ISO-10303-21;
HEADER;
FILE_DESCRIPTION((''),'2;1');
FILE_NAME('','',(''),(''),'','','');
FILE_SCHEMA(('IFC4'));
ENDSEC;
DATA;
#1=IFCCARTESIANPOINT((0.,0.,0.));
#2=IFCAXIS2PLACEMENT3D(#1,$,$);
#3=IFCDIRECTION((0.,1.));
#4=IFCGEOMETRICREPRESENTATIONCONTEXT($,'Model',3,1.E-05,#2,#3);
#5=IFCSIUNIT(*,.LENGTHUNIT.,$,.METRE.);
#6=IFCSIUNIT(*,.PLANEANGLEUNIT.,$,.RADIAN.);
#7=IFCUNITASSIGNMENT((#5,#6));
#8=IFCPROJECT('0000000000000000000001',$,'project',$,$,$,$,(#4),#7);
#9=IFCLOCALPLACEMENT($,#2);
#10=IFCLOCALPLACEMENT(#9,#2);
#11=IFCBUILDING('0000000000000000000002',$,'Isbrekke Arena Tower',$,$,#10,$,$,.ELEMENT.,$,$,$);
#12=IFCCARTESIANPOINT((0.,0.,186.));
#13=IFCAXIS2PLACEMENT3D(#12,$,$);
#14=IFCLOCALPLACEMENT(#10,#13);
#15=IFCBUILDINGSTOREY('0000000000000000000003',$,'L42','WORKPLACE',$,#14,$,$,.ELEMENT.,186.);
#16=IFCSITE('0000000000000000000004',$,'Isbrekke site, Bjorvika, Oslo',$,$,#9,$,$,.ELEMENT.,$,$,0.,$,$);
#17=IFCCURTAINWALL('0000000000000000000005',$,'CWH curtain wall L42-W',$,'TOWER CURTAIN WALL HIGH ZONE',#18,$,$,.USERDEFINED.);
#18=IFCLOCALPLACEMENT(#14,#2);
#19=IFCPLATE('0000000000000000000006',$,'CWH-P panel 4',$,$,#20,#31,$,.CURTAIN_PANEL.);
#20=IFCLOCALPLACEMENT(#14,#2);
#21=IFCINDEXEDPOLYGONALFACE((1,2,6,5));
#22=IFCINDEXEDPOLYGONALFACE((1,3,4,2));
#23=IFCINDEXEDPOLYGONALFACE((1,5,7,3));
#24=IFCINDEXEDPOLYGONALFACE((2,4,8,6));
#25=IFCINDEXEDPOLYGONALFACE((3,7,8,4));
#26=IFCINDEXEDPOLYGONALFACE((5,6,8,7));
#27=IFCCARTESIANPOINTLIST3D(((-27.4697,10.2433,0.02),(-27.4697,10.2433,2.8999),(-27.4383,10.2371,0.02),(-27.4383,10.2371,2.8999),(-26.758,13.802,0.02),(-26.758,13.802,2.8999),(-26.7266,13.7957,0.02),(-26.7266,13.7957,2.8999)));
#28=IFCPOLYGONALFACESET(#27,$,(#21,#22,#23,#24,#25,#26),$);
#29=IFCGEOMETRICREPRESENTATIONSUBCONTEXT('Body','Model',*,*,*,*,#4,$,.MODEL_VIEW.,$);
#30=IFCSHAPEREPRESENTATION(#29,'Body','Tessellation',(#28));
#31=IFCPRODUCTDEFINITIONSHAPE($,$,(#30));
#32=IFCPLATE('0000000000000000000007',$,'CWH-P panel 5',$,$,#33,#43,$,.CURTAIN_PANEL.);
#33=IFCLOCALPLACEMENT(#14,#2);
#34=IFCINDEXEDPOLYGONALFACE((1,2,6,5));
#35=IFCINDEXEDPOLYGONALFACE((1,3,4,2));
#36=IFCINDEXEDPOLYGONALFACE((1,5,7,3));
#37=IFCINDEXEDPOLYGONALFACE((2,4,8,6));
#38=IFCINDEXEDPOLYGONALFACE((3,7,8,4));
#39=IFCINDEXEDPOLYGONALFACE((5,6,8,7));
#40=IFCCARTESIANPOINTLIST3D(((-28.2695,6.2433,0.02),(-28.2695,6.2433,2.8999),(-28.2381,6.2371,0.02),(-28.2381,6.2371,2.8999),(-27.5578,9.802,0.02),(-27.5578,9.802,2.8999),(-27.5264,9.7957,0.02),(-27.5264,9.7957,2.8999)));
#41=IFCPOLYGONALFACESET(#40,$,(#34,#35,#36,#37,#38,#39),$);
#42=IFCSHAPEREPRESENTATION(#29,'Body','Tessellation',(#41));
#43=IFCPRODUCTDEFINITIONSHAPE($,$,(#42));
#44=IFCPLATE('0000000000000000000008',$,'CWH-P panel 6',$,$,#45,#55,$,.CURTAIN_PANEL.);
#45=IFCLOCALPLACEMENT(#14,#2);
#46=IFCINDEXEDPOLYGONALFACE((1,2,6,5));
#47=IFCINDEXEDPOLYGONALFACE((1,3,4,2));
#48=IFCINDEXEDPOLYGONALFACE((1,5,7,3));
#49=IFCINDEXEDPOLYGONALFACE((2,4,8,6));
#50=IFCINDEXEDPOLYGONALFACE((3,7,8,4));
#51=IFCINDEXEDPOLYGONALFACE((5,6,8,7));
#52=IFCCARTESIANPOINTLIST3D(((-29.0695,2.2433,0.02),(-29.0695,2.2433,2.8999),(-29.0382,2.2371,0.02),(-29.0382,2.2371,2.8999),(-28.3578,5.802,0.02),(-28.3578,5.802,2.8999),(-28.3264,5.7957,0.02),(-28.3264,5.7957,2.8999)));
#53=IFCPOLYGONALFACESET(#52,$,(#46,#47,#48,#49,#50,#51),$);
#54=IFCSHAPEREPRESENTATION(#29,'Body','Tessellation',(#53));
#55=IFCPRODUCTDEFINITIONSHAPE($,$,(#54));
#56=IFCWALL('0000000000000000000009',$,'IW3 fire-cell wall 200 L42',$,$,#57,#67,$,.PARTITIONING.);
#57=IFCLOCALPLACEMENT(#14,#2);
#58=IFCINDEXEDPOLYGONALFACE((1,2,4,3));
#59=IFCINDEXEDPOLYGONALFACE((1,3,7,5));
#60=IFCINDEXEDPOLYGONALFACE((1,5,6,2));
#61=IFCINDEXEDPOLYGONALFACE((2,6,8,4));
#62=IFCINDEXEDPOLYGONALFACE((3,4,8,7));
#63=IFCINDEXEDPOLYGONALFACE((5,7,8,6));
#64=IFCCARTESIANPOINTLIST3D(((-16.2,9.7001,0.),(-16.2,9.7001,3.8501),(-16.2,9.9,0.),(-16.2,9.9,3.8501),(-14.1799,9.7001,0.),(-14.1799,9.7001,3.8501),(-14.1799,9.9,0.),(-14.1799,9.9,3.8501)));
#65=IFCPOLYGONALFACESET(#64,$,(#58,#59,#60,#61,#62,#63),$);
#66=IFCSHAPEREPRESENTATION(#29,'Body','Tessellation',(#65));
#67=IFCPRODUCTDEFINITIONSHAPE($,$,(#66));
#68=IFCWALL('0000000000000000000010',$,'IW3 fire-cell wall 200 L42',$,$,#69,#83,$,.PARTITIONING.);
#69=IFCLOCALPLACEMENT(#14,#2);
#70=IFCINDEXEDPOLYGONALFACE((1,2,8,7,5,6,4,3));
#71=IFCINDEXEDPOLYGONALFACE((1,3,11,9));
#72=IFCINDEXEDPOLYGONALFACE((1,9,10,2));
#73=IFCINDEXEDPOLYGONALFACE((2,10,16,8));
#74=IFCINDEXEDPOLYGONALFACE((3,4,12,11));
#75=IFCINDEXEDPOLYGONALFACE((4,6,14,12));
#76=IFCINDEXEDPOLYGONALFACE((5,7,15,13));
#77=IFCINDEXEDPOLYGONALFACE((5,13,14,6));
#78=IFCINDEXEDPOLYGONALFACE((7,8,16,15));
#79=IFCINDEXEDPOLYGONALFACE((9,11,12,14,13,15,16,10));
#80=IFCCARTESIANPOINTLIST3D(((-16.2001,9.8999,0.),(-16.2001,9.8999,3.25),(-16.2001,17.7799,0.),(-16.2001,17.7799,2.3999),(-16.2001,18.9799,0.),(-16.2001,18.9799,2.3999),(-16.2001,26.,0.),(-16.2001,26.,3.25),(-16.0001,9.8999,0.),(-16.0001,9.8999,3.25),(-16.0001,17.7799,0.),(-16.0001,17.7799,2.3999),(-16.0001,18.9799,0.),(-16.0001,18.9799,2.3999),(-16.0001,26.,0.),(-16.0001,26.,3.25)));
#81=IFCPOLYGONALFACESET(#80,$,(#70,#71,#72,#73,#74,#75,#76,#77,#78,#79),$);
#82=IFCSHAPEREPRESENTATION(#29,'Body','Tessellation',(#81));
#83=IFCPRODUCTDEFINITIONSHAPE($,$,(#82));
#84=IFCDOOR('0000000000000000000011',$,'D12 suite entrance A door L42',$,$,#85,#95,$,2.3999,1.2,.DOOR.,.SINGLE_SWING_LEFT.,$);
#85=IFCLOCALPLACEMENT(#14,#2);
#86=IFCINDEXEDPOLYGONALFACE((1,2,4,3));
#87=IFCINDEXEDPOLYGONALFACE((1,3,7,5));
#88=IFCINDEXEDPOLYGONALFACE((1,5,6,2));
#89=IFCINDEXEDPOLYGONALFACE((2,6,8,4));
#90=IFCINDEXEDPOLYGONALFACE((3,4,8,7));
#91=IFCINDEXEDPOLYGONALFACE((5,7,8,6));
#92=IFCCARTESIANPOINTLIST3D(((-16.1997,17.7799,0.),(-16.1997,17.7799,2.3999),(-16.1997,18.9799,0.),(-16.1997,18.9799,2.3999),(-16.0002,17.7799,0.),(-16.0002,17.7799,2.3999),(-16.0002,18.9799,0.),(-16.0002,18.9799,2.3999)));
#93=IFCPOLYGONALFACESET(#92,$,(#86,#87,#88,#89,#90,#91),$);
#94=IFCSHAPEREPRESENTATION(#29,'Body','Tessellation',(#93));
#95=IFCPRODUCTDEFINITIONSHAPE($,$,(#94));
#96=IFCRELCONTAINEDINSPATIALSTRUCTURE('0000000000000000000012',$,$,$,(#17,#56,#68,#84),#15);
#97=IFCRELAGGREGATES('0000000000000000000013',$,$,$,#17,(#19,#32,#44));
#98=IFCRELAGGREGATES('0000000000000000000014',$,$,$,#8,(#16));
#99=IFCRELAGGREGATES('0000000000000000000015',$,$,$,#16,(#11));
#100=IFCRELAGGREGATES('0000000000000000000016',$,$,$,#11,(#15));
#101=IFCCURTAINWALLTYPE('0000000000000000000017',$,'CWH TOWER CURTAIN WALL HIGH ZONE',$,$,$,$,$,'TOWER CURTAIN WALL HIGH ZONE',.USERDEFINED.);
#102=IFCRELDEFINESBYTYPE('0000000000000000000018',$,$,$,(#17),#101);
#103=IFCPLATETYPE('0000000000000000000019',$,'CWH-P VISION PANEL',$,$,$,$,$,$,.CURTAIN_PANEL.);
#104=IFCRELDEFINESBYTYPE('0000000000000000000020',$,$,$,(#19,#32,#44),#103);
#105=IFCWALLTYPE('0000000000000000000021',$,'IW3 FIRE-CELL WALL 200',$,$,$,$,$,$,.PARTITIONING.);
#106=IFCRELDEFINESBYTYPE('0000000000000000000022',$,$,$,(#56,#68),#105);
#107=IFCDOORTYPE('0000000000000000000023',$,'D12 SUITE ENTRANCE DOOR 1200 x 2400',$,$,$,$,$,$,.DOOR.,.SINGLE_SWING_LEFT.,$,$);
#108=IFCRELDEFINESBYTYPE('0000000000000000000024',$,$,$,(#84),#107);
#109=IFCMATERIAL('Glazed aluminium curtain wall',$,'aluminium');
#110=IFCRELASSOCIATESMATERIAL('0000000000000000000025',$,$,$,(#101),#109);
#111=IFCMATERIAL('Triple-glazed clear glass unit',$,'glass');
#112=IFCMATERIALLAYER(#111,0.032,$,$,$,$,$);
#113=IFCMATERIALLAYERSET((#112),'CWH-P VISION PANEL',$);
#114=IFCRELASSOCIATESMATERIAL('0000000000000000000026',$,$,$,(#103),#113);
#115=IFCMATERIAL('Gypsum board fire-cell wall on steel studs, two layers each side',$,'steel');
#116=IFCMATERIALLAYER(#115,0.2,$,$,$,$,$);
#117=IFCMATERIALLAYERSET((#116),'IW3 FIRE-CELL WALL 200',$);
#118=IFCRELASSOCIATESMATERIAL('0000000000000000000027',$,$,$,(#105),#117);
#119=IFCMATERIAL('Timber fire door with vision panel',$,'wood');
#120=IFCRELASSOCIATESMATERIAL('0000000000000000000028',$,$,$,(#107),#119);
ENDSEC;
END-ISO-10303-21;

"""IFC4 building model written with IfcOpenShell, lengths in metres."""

from ifc_helpers import new_model, si_unit, direction, frame, frame_2d, origin, origin_2d, place, context, subcontext, project, spatial, rectangle, extrude, material, layer, layer_set, type_object, element, fill, aggregate, save


model = new_model("IFC4")

# Units and contexts
model_context = context("Model", 3, precision=1e-05, world=origin(), true_north=direction((0.0, 1.0)))
body_context = subcontext(model_context, "Body", "Model", "MODEL_VIEW")
ifc_project = project(units=[si_unit("LENGTHUNIT", "METRE"), si_unit("PLANEANGLEUNIT", "RADIAN")], contexts=[model_context])

# Site, building, storey
site_placement = place(None, origin())
site = spatial("IfcSite", under=ifc_project, at=site_placement, Name="Isbrekke site, Bjorvika, Oslo", CompositionType="ELEMENT", RefElevation=0.0)
building_placement = place(site_placement, origin())
building = spatial("IfcBuilding", under=site, at=building_placement, Name="Isbrekke Arena Tower", CompositionType="ELEMENT")
storey_placement = place(building_placement, frame((0.0, 0.0, 186.0)))
storey = spatial("IfcBuildingStorey", under=building, at=storey_placement, Name="L42", Description="WORKPLACE", CompositionType="ELEMENT", Elevation=186.0)

# Curtain wall
ifc_material_1 = material(Name="Glazed aluminium curtain wall", Category="aluminium")
curtain_wall_type = type_object("IfcCurtainWallType", Name="CWH TOWER CURTAIN WALL HIGH ZONE", ElementType="TOWER CURTAIN WALL HIGH ZONE", PredefinedType="USERDEFINED", material=ifc_material_1)
curtain_wall_placement = place(storey_placement, origin())
curtain_wall = element("IfcCurtainWall", 1, at=curtain_wall_placement, inside=storey, type_object=curtain_wall_type, Name="CWH curtain wall L42-W", ObjectType="TOWER CURTAIN WALL HIGH ZONE", PredefinedType="USERDEFINED")

# Plates
ifc_material_2 = material(Name="Triple-glazed clear glass unit", Category="glass")
ifc_layer_1 = layer(ifc_material_2, 0.032)
ifc_layer_set_1 = layer_set([ifc_layer_1], Name="CWH-P VISION PANEL")
plate_type = type_object("IfcPlateType", Name="CWH-P VISION PANEL", PredefinedType="CURTAIN_PANEL", material=ifc_layer_set_1)
plate_1_placement = place(storey_placement, frame((-27.0981, 12.0195, 0.02), z_axis=(0.0, 0.0, 1.0), x_axis=(-0.196116, -0.980581, 0.0)))
plate_1 = element("IfcPlate", 2, at=plate_1_placement, type_object=plate_type, Name="CWH-P panel 4", PredefinedType="CURTAIN_PANEL", context=body_context, shape_type="SweptSolid", body=[
    extrude(rectangle(XDim=3.6292, YDim=0.032, at=origin_2d()), origin(), (0.0, 0.0, 1.0), 2.8799),
])
plate_2_placement = place(storey_placement, frame((-27.8979, 8.0195, 0.02), z_axis=(0.0, 0.0, 1.0), x_axis=(-0.196116, -0.980581, 0.0)))
plate_2 = element("IfcPlate", 3, at=plate_2_placement, type_object=plate_type, Name="CWH-P panel 5", PredefinedType="CURTAIN_PANEL", context=body_context, shape_type="SweptSolid", body=[
    extrude(rectangle(XDim=3.6292, YDim=0.032, at=origin_2d()), origin(), (0.0, 0.0, 1.0), 2.8799),
])
plate_3_placement = place(storey_placement, frame((-28.698, 4.0195, 0.02), z_axis=(0.0, 0.0, 1.0), x_axis=(-0.196116, -0.980581, 0.0)))
plate_3 = element("IfcPlate", 4, at=plate_3_placement, type_object=plate_type, Name="CWH-P panel 6", PredefinedType="CURTAIN_PANEL", context=body_context, shape_type="SweptSolid", body=[
    extrude(rectangle(XDim=3.6292, YDim=0.032, at=origin_2d()), origin(), (0.0, 0.0, 1.0), 2.8799),
])
aggregate(curtain_wall, [plate_1, plate_2, plate_3])

# Wall
ifc_material_3 = material(Name="Gypsum board fire-cell wall on steel studs, two layers each side", Category="steel")
ifc_layer_2 = layer(ifc_material_3, 0.2)
ifc_layer_set_2 = layer_set([ifc_layer_2], Name="IW3 FIRE-CELL WALL 200")
wall_type = type_object("IfcWallType", Name="IW3 FIRE-CELL WALL 200", PredefinedType="PARTITIONING", material=ifc_layer_set_2)
wall_1_placement = place(storey_placement, frame((-16.2, 9.8, 0.0), z_axis=(0.0, 0.0, 1.0), x_axis=(1.0, 0.0, 0.0)))
element("IfcWall", 5, at=wall_1_placement, inside=storey, type_object=wall_type, Name="IW3 fire-cell wall 200 L42", PredefinedType="PARTITIONING", context=body_context, shape_type="SweptSolid", body=[
    extrude(rectangle(XDim=2.02, YDim=0.2, at=frame_2d((1.01, 0.0))), origin(), (0.0, 0.0, 1.0), 3.8501),
])

# Wall, opening, door
wall_2_placement = place(storey_placement, frame((-16.1001, 9.8999, 0.0), z_axis=(0.0, 0.0, 1.0), x_axis=(0.0, 1.0, 0.0)))
wall_2 = element("IfcWall", 6, at=wall_2_placement, inside=storey, type_object=wall_type, Name="IW3 fire-cell wall 200 L42", PredefinedType="PARTITIONING", context=body_context, shape_type="SweptSolid", body=[
    extrude(rectangle(XDim=16.1001, YDim=0.2, at=frame_2d((8.05, 0.0))), origin(), (0.0, 0.0, 1.0), 3.25),
])
opening_placement = place(wall_2_placement, frame((7.8799, 0.0, 0.0)))
opening = element("IfcOpeningElement", 7, at=opening_placement, cuts=wall_2, PredefinedType="OPENING", context=body_context, shape_type="SweptSolid", body=[
    extrude(rectangle(XDim=1.2, YDim=2.3999, at=frame_2d((0.6001, 1.2))), frame((0.0, 0.1147, 0.0), z_axis=(0.0, -1.0, 0.0), x_axis=(1.0, 0.0, 0.0)), (0.0, 0.0, 1.0), 0.2297),
])
ifc_material_4 = material(Name="Timber fire door with vision panel", Category="wood")
door_type = type_object("IfcDoorType", Name="D12 SUITE ENTRANCE DOOR 1200 x 2400", OperationType="SINGLE_SWING_LEFT", PredefinedType="DOOR", material=ifc_material_4)
door_placement = place(opening_placement, origin())
door = element("IfcDoor", 8, at=door_placement, inside=storey, type_object=door_type, Name="D12 suite entrance A door L42", OperationType="SINGLE_SWING_LEFT", OverallHeight=2.3999, OverallWidth=1.2, PredefinedType="DOOR", context=body_context, shape_type="SweptSolid", body=[
    extrude(rectangle(XDim=1.2, YDim=2.3999, at=frame_2d((0.6001, 1.2))), frame((0.0, 0.0996, 0.0), z_axis=(0.0, -1.0, 0.0), x_axis=(1.0, 0.0, 0.0)), (0.0, 0.0, 1.0), 0.1995),
])
fill(opening, door)

save(model, "model.ifc")
